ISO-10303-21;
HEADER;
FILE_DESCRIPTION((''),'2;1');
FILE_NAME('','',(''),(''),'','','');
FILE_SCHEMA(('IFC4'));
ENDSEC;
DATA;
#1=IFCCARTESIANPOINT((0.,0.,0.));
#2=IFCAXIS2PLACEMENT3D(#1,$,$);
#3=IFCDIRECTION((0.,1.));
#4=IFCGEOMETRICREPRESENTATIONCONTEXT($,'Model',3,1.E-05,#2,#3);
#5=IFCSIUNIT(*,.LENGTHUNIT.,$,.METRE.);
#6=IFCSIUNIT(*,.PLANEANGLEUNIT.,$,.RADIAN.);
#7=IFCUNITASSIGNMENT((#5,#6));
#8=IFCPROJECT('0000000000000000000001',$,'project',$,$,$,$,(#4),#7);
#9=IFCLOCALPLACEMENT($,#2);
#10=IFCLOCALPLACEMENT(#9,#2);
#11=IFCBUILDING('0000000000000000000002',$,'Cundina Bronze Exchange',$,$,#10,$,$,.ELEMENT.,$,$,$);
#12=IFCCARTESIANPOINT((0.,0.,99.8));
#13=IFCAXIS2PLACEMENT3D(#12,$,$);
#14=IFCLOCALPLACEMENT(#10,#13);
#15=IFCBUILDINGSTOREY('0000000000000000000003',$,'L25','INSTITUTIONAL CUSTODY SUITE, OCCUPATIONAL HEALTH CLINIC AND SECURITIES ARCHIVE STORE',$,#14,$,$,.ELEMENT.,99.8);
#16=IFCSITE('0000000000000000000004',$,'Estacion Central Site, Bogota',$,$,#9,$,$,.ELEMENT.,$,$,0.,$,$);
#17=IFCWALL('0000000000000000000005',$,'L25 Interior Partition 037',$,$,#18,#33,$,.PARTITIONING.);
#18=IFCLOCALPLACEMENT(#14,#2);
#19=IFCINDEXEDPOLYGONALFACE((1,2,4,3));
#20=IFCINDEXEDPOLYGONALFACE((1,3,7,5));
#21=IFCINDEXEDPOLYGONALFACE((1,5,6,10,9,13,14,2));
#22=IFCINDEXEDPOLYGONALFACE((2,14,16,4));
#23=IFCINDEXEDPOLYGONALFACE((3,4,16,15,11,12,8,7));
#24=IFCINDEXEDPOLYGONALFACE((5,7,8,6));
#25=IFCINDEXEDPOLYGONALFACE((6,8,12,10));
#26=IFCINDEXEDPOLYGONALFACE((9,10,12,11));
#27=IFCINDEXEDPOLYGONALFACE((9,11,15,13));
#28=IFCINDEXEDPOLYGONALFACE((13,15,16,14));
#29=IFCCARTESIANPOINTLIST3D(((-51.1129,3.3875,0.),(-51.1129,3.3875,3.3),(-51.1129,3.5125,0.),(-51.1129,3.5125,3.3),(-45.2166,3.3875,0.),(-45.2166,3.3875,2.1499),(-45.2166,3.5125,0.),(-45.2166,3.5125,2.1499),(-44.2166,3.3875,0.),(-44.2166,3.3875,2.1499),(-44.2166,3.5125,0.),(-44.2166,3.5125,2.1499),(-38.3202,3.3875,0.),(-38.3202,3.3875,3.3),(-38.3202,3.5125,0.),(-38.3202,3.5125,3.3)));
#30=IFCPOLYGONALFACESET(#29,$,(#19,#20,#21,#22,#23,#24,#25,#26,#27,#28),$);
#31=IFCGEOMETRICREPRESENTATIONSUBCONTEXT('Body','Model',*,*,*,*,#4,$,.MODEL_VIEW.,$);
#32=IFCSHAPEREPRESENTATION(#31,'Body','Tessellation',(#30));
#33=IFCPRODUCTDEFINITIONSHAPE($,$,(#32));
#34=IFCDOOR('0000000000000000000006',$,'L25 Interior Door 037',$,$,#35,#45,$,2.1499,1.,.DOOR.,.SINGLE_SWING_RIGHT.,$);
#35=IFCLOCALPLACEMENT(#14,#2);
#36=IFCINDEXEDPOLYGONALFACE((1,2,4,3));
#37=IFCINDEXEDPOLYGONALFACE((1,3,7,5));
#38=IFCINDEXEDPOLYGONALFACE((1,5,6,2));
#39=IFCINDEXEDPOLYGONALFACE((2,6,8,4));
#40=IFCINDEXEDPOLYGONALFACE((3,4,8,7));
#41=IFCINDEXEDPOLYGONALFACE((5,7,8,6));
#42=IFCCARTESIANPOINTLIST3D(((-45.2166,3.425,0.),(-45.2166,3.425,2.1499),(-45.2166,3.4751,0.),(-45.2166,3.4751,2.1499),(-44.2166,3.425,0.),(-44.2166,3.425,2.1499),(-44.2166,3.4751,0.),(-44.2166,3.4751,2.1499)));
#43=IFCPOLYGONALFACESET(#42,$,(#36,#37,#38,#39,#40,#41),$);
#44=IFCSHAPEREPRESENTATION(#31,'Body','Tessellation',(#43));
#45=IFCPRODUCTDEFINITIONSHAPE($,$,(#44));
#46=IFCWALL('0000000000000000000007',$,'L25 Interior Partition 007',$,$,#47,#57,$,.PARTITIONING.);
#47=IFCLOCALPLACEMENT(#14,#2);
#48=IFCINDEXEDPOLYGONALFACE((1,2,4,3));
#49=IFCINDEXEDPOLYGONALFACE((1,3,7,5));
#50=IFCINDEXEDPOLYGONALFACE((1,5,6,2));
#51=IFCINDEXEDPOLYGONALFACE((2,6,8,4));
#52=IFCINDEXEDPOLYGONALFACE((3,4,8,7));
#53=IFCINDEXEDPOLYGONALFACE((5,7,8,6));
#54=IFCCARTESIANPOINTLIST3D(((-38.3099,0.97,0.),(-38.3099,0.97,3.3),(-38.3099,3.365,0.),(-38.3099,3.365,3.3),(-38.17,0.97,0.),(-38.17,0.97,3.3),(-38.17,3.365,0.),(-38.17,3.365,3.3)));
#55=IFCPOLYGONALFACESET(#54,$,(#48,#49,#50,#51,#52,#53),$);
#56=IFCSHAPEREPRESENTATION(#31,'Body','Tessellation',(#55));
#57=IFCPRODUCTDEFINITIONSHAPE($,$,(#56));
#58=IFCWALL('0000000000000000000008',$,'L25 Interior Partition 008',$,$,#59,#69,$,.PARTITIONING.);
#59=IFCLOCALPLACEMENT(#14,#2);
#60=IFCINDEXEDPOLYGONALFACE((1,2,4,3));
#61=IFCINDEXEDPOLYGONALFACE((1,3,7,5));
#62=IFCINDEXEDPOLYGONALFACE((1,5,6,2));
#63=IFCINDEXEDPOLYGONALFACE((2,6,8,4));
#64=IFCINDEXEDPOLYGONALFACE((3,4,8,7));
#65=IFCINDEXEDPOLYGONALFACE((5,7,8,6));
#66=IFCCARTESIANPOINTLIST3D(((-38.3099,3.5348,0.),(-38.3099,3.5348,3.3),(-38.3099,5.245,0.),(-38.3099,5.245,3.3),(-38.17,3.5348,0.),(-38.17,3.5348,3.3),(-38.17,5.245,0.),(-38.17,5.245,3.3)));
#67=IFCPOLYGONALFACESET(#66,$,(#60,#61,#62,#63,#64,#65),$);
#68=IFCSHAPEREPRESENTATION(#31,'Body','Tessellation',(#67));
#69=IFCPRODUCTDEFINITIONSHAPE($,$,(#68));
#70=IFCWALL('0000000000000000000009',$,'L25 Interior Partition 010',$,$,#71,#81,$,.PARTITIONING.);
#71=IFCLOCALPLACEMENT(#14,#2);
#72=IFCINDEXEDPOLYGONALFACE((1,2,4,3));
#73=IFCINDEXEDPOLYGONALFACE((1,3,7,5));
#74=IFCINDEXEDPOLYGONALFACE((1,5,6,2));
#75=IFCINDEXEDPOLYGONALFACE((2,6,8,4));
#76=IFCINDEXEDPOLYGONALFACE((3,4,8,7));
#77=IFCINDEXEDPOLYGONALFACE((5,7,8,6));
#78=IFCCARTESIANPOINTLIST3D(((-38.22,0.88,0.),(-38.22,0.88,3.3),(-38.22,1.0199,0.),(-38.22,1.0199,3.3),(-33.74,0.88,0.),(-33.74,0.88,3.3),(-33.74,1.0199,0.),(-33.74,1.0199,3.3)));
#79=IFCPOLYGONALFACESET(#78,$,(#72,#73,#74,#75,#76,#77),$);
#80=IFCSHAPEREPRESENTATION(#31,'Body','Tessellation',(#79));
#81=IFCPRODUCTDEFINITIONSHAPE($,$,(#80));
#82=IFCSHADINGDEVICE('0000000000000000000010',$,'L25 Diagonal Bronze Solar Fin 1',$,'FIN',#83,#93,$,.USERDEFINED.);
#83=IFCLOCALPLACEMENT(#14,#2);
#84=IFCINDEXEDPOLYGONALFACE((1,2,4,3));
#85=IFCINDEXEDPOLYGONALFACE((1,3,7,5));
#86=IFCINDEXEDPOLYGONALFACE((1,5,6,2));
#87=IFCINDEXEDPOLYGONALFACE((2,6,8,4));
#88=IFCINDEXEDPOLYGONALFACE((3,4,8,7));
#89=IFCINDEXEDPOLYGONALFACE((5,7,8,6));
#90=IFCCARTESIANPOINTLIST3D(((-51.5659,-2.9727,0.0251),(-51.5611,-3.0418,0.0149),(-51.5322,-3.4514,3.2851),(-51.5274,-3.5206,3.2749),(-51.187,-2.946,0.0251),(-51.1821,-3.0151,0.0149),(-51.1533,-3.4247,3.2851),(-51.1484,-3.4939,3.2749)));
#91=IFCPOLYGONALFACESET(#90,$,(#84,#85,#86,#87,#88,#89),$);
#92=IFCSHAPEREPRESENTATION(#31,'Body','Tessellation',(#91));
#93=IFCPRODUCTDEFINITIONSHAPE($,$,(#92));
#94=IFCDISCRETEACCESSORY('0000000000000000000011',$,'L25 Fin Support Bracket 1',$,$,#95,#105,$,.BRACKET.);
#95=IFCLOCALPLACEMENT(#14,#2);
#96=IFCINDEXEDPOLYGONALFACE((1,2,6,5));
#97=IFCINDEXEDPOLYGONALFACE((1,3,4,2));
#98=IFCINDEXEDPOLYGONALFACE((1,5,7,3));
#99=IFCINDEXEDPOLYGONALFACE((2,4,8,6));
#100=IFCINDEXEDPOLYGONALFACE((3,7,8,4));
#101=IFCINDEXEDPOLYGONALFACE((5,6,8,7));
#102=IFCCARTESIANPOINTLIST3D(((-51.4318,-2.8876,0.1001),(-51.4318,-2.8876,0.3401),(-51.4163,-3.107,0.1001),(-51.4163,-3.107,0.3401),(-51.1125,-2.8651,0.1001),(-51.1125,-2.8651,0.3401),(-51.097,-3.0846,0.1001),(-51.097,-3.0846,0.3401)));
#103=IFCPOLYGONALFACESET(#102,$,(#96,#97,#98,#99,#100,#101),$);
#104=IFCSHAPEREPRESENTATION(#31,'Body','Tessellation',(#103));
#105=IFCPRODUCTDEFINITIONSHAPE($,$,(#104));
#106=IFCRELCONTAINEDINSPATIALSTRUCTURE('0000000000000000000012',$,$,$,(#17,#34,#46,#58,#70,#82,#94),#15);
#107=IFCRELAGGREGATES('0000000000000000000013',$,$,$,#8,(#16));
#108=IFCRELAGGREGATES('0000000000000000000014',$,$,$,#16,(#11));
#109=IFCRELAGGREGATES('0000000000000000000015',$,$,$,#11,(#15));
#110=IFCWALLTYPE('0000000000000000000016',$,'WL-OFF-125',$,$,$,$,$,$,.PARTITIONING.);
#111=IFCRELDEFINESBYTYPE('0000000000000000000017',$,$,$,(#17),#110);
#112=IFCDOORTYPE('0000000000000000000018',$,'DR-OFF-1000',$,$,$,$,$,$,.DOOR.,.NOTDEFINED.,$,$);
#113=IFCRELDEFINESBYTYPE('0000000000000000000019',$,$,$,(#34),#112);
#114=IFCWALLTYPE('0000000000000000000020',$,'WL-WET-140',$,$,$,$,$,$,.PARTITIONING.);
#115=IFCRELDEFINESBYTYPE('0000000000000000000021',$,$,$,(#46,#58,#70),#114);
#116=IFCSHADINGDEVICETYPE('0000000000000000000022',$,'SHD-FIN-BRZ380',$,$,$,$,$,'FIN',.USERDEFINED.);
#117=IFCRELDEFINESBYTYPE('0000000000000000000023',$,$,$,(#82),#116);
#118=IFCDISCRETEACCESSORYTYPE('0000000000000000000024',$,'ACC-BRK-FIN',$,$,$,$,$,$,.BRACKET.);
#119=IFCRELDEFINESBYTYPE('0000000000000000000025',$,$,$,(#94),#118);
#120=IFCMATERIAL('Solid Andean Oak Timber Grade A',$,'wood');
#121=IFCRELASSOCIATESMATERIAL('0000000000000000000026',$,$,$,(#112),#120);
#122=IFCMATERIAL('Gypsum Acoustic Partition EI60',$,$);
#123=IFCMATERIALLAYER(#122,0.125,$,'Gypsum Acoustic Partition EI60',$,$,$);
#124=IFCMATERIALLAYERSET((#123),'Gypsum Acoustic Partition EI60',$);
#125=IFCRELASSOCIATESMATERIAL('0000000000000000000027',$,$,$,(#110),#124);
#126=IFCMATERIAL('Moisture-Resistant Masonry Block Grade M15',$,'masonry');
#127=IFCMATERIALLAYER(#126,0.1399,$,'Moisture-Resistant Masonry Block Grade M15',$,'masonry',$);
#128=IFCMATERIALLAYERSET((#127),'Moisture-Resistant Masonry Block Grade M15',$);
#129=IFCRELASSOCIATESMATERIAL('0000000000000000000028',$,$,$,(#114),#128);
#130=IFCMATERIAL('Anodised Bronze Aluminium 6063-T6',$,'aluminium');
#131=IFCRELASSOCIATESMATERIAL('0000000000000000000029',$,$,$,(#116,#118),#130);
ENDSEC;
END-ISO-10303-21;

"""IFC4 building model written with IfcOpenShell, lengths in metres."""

from ifc_helpers import new_model, si_unit, direction, frame, frame_2d, origin, origin_2d, place, context, subcontext, project, spatial, rectangle, extrude, material, layer, layer_set, material_profile, profile_set, type_object, element, fill, save


model = new_model("IFC4")

# Units and contexts
model_context = context("Model", 3, precision=1e-05, world=origin(), true_north=direction((0.0, 1.0)))
body_context = subcontext(model_context, "Body", "Model", "MODEL_VIEW")
ifc_project = project(units=[si_unit("LENGTHUNIT", "METRE"), si_unit("PLANEANGLEUNIT", "RADIAN")], contexts=[model_context])

# Site, building, storey
site_placement = place(None, origin())
site = spatial("IfcSite", under=ifc_project, at=site_placement, Name="Estacion Central Site, Bogota", CompositionType="ELEMENT", RefElevation=0.0)
building_placement = place(site_placement, origin())
building = spatial("IfcBuilding", under=site, at=building_placement, Name="Cundina Bronze Exchange", CompositionType="ELEMENT")
storey_placement = place(building_placement, frame((0.0, 0.0, 99.8)))
storey = spatial("IfcBuildingStorey", under=building, at=storey_placement, Name="L25", Description="INSTITUTIONAL CUSTODY SUITE, OCCUPATIONAL HEALTH CLINIC AND SECURITIES ARCHIVE STORE", CompositionType="ELEMENT", Elevation=99.8)

# Shared definitions
ifc_material_1 = material(Name="Anodised Bronze Aluminium 6063-T6", Category="aluminium")

# Wall, opening, door
ifc_material_2 = material(Name="Solid Andean Oak Timber Grade A", Category="wood")
door_type_1 = type_object("IfcDoorType", Name="DR-OFF-1000", OperationType="NOTDEFINED", PredefinedType="DOOR", material=ifc_material_2)
ifc_material_3 = material(Name="Gypsum Acoustic Partition EI60")
ifc_layer_1 = layer(ifc_material_3, 0.125, Name="Gypsum Acoustic Partition EI60")
ifc_layer_set_1 = layer_set([ifc_layer_1], Name="Gypsum Acoustic Partition EI60")
wall_type_1 = type_object("IfcWallType", Name="WL-OFF-125", PredefinedType="PARTITIONING", material=ifc_layer_set_1)
wall_1_placement = place(storey_placement, frame((-38.3201, 3.45, 0.0), z_axis=(0.0, 0.0, 1.0), x_axis=(-1.0, 0.0, 0.0)))
wall_1 = element("IfcWall", 1, at=wall_1_placement, inside=storey, type_object=wall_type_1, Name="L25 Interior Partition 037", PredefinedType="PARTITIONING", context=body_context, shape_type="SweptSolid", body=[
    extrude(rectangle(XDim=12.7927, YDim=0.125, at=frame_2d((6.3965, 0.0))), origin(), (0.0, 0.0, 1.0), 3.3),
])
opening_1_placement = place(wall_1_placement, frame((5.8965, 0.0, 0.0)))
opening_1 = element("IfcOpeningElement", 2, at=opening_1_placement, cuts=wall_1, PredefinedType="OPENING", context=body_context, shape_type="SweptSolid", body=[
    extrude(rectangle(XDim=1.0, YDim=2.1499, at=frame_2d((0.5, 1.075))), frame((0.0, 0.0725, 0.0), z_axis=(0.0, -1.0, 0.0), x_axis=(1.0, 0.0, 0.0)), (0.0, 0.0, 1.0), 0.145),
])
door_1_placement = place(opening_1_placement, origin())
door_1 = element("IfcDoor", 3, at=door_1_placement, inside=storey, type_object=door_type_1, Name="L25 Interior Door 037", OperationType="SINGLE_SWING_RIGHT", OverallHeight=2.1499, OverallWidth=1.0, PredefinedType="DOOR", context=body_context, shape_type="SweptSolid", body=[
    extrude(rectangle(XDim=1.0, YDim=2.1499, at=frame_2d((0.5, 1.075))), frame((0.0, 0.0249, 0.0), z_axis=(0.0, -1.0, 0.0), x_axis=(1.0, 0.0, 0.0)), (0.0, 0.0, 1.0), 0.05),
])
fill(opening_1, door_1)

# Walls
ifc_material_4 = material(Name="Moisture-Resistant Masonry Block Grade M15", Category="masonry")
ifc_layer_2 = layer(ifc_material_4, 0.1399, Name="Moisture-Resistant Masonry Block Grade M15", Category="masonry")
ifc_layer_set_2 = layer_set([ifc_layer_2], Name="Moisture-Resistant Masonry Block Grade M15")
wall_type_2 = type_object("IfcWallType", Name="WL-WET-140", PredefinedType="PARTITIONING", material=ifc_layer_set_2)
wall_2_placement = place(storey_placement, frame((-38.24, 0.97, 0.0), z_axis=(0.0, 0.0, 1.0), x_axis=(0.0, 1.0, 0.0)))
element("IfcWall", 4, at=wall_2_placement, inside=storey, type_object=wall_type_2, Name="L25 Interior Partition 007", PredefinedType="PARTITIONING", context=body_context, shape_type="SweptSolid", body=[
    extrude(rectangle(XDim=2.395, YDim=0.1399, at=frame_2d((1.1975, 0.0))), origin(), (0.0, 0.0, 1.0), 3.3),
])
wall_3_placement = place(storey_placement, frame((-38.24, 3.5349, 0.0), z_axis=(0.0, 0.0, 1.0), x_axis=(0.0, 1.0, 0.0)))
element("IfcWall", 5, at=wall_3_placement, inside=storey, type_object=wall_type_2, Name="L25 Interior Partition 008", PredefinedType="PARTITIONING", context=body_context, shape_type="SweptSolid", body=[
    extrude(rectangle(XDim=1.7102, YDim=0.1399, at=frame_2d((0.855, 0.0))), origin(), (0.0, 0.0, 1.0), 3.3),
])
wall_4_placement = place(storey_placement, frame((-38.22, 0.95, 0.0), z_axis=(0.0, 0.0, 1.0), x_axis=(1.0, 0.0, 0.0)))
element("IfcWall", 6, at=wall_4_placement, inside=storey, type_object=wall_type_2, Name="L25 Interior Partition 010", PredefinedType="PARTITIONING", context=body_context, shape_type="SweptSolid", body=[
    extrude(rectangle(XDim=4.48, YDim=0.1399, at=frame_2d((2.24, 0.0))), origin(), (0.0, 0.0, 1.0), 3.3),
])

# Shading device
ifc_material_profile_1 = material_profile(ifc_material_1, rectangle(XDim=0.0701, YDim=0.3799, at=origin_2d()), Name="FIN70X380", Category="aluminium")
ifc_profile_set_1 = profile_set([ifc_material_profile_1], Name="Anodised Bronze Aluminium 6063-T6")
shading_device_type = type_object("IfcShadingDeviceType", Name="SHD-FIN-BRZ380", ElementType="FIN", PredefinedType="USERDEFINED", material=ifc_profile_set_1)
shading_device_placement = place(storey_placement, frame((-51.374, -2.9939, 0.02), z_axis=(0.010225, -0.145292, 0.989336), x_axis=(-0.06945, 0.986895, 0.145652)))
element("IfcShadingDevice", 7, at=shading_device_placement, inside=storey, type_object=shading_device_type, Name="L25 Diagonal Bronze Solar Fin 1", ObjectType="FIN", PredefinedType="USERDEFINED", context=body_context, shape_type="SweptSolid", body=[
    extrude(rectangle(XDim=0.0701, YDim=0.3799, at=origin_2d()), origin(), (0.0, 0.0, 1.0), 3.2952),
])

# Discrete accessory
discrete_accessory_type = type_object("IfcDiscreteAccessoryType", Name="ACC-BRK-FIN", PredefinedType="BRACKET", material=ifc_material_1)
discrete_accessory_placement = place(storey_placement, frame((-51.2644, -2.9861, 0.1001), z_axis=(0.0, 0.0, 1.0), x_axis=(0.070279, -0.997527, 0.0)))
element("IfcDiscreteAccessory", 8, at=discrete_accessory_placement, inside=storey, type_object=discrete_accessory_type, Name="L25 Fin Support Bracket 1", PredefinedType="BRACKET", context=body_context, shape_type="SweptSolid", body=[
    extrude(rectangle(XDim=0.22, YDim=0.3201, at=origin_2d()), origin(), (0.0, 0.0, 1.0), 0.24),
])

save(model, "model.ifc")
